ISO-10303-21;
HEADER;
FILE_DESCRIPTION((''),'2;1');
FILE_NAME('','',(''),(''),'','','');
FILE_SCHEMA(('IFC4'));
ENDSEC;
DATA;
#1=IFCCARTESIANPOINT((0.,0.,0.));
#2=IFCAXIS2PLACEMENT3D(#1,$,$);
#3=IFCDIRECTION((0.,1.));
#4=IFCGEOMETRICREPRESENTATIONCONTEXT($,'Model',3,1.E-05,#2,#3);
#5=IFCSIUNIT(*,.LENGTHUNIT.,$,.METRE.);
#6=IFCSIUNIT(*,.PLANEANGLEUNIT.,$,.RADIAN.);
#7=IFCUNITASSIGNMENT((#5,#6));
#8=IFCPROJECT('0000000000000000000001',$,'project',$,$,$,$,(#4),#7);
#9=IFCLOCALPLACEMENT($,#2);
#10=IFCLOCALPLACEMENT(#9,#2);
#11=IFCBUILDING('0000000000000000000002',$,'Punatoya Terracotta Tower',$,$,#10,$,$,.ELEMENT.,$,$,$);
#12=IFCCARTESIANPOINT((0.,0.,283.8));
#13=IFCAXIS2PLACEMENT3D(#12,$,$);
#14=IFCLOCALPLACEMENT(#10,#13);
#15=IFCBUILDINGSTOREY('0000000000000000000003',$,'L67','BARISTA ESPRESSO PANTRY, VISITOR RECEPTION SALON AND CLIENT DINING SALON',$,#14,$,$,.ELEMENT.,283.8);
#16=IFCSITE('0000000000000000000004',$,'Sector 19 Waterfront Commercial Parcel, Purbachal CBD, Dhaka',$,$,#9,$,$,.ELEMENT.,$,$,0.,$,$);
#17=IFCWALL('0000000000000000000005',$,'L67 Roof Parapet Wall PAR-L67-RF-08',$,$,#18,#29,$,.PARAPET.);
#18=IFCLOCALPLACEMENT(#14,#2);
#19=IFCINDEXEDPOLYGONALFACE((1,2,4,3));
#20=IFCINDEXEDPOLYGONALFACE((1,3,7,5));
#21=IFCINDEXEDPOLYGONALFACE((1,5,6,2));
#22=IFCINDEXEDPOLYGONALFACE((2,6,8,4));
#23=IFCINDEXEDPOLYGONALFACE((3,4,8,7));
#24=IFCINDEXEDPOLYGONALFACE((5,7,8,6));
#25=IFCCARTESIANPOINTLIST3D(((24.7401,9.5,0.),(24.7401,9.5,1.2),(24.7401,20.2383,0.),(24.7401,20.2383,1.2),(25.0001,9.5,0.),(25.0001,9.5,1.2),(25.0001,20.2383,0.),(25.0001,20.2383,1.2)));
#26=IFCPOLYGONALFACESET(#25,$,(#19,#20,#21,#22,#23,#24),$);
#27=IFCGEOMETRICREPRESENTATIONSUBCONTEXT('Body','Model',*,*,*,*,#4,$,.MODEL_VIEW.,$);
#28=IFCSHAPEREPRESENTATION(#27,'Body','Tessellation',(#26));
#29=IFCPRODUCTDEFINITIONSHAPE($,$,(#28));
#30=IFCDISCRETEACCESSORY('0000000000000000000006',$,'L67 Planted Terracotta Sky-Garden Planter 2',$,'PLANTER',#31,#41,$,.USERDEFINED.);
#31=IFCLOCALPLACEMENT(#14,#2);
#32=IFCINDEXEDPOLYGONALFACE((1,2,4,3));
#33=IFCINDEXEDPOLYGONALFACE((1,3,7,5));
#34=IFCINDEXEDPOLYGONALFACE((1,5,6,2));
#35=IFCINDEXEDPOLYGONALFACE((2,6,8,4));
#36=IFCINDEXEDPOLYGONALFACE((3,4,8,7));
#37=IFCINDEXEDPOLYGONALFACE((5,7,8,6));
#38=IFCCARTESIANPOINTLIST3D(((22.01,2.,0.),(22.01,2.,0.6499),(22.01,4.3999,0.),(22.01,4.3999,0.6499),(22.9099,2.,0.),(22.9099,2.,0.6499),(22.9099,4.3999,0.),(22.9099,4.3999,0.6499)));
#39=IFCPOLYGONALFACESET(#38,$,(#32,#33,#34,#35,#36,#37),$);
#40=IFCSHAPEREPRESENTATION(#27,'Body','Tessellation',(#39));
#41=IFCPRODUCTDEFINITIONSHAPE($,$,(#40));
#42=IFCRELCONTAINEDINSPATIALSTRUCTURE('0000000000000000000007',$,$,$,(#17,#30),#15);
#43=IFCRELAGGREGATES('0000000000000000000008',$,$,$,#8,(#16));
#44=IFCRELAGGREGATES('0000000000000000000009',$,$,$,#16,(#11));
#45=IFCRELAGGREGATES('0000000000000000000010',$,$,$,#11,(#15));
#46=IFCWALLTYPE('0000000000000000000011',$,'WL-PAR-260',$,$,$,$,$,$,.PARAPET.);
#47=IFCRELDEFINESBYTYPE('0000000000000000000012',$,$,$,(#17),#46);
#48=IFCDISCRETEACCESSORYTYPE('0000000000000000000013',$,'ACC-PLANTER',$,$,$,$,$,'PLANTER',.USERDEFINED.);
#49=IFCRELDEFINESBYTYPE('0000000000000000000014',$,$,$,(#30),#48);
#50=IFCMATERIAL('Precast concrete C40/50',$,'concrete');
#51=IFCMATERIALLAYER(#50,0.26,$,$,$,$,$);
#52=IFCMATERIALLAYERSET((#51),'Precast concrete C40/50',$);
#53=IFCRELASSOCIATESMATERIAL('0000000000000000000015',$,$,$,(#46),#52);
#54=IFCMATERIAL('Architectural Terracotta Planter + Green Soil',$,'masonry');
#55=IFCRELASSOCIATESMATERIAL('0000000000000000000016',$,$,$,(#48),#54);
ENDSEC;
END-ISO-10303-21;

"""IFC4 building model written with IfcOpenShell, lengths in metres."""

from ifc_helpers import new_model, si_unit, direction, frame, frame_2d, origin, origin_2d, place, context, subcontext, project, spatial, rectangle, extrude, material, layer, layer_set, type_object, element, save


model = new_model("IFC4")

# Units and contexts
model_context = context("Model", 3, precision=1e-05, world=origin(), true_north=direction((0.0, 1.0)))
body_context = subcontext(model_context, "Body", "Model", "MODEL_VIEW")
ifc_project = project(units=[si_unit("LENGTHUNIT", "METRE"), si_unit("PLANEANGLEUNIT", "RADIAN")], contexts=[model_context])

# Site, building, storey
site_placement = place(None, origin())
site = spatial("IfcSite", under=ifc_project, at=site_placement, Name="Sector 19 Waterfront Commercial Parcel, Purbachal CBD, Dhaka", CompositionType="ELEMENT", RefElevation=0.0)
building_placement = place(site_placement, origin())
building = spatial("IfcBuilding", under=site, at=building_placement, Name="Punatoya Terracotta Tower", CompositionType="ELEMENT")
storey_placement = place(building_placement, frame((0.0, 0.0, 283.8)))
storey = spatial("IfcBuildingStorey", under=building, at=storey_placement, Name="L67", Description="BARISTA ESPRESSO PANTRY, VISITOR RECEPTION SALON AND CLIENT DINING SALON", CompositionType="ELEMENT", Elevation=283.8)

# Wall
ifc_material_1 = material(Name="Precast concrete C40/50", Category="concrete")
ifc_layer_1 = layer(ifc_material_1, 0.26)
ifc_layer_set_1 = layer_set([ifc_layer_1], Name="Precast concrete C40/50")
wall_type_1 = type_object("IfcWallType", Name="WL-PAR-260", PredefinedType="PARAPET", material=ifc_layer_set_1)
wall_1_placement = place(storey_placement, frame((24.8701, 9.5, 0.0), z_axis=(0.0, 0.0, 1.0), x_axis=(0.0, 1.0, 0.0)))
element("IfcWall", 1, at=wall_1_placement, inside=storey, type_object=wall_type_1, Name="L67 Roof Parapet Wall PAR-L67-RF-08", PredefinedType="PARAPET", context=body_context, shape_type="SweptSolid", body=[
    extrude(rectangle(XDim=10.7383, YDim=0.26, at=frame_2d((5.3691, 0.0))), origin(), (0.0, 0.0, 1.0), 1.2),
])

# Discrete accessory
ifc_material_2 = material(Name="Architectural Terracotta Planter + Green Soil", Category="masonry")
discrete_accessory_type = type_object("IfcDiscreteAccessoryType", Name="ACC-PLANTER", ElementType="PLANTER", PredefinedType="USERDEFINED", material=ifc_material_2)
discrete_accessory_placement = place(storey_placement, frame((22.46, 3.2, 0.0), z_axis=(0.0, 0.0, 1.0), x_axis=(0.0, 1.0, 0.0)))
element("IfcDiscreteAccessory", 2, at=discrete_accessory_placement, inside=storey, type_object=discrete_accessory_type, Name="L67 Planted Terracotta Sky-Garden Planter 2", ObjectType="PLANTER", PredefinedType="USERDEFINED", context=body_context, shape_type="SweptSolid", body=[
    extrude(rectangle(XDim=2.3999, YDim=0.8999, at=origin_2d()), origin(), (0.0, 0.0, 1.0), 0.6499),
])

save(model, "model.ifc")
